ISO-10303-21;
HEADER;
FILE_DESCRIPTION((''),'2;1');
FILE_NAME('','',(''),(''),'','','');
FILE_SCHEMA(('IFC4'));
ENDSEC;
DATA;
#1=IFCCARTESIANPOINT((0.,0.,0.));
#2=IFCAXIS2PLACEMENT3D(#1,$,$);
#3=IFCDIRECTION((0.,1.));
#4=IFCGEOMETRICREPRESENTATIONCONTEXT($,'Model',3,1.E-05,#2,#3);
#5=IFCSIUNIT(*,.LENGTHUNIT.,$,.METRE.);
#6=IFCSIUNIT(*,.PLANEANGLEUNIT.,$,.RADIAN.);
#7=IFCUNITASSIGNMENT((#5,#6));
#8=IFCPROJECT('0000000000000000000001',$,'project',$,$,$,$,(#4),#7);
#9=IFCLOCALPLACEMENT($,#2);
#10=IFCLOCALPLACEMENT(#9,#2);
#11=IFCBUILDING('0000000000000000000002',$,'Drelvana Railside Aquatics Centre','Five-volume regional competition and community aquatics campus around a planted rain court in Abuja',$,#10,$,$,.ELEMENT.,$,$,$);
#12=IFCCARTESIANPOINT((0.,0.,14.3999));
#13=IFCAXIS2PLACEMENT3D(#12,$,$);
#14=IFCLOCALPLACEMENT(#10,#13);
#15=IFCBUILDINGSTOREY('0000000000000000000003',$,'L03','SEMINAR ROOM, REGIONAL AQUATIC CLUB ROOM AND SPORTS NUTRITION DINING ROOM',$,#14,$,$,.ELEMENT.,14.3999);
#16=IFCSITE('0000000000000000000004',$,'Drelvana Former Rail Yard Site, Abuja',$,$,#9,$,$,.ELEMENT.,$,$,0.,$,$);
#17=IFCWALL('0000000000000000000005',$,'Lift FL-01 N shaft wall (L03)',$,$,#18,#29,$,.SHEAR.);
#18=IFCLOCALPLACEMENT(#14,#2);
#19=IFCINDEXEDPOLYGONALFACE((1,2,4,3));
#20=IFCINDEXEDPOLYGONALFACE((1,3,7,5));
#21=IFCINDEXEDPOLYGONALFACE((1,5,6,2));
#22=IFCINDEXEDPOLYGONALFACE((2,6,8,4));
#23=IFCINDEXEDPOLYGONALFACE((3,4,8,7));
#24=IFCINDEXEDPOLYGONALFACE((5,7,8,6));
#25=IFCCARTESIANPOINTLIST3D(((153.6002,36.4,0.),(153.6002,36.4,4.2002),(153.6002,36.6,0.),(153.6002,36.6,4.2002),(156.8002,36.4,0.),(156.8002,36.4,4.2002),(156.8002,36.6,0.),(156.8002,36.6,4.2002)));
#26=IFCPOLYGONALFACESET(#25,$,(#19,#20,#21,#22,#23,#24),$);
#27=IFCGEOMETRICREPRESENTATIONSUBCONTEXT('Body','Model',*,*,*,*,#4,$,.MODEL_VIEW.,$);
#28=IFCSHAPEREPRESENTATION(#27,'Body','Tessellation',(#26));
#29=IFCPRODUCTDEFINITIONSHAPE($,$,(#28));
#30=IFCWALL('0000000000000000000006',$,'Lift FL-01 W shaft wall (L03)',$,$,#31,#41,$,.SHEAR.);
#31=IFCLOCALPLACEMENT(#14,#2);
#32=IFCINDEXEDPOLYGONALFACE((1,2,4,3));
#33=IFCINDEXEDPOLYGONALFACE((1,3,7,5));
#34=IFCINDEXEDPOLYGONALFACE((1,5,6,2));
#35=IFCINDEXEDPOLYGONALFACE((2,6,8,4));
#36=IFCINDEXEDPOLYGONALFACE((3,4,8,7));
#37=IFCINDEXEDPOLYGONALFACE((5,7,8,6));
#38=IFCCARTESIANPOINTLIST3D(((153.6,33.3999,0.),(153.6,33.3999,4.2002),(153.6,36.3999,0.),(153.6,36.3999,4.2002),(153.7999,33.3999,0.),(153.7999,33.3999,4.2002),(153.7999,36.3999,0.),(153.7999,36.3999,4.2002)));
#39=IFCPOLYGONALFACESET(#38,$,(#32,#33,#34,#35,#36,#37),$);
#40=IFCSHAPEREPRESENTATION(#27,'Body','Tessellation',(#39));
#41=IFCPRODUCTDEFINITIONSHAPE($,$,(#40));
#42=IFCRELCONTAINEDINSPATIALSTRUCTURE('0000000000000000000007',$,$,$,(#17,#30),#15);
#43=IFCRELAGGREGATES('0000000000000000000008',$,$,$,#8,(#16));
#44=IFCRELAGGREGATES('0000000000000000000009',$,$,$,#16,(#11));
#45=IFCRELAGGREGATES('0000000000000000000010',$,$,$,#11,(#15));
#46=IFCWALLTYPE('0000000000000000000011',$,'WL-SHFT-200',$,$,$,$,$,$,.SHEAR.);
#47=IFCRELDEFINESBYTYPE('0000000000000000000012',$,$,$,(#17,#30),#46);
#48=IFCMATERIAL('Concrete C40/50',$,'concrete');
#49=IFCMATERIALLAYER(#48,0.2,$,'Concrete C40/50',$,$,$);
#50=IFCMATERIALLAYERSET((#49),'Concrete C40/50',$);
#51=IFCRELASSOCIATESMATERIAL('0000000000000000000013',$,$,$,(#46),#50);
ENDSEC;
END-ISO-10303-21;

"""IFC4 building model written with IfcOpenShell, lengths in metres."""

from ifc_helpers import new_model, si_unit, direction, frame, frame_2d, origin, place, context, subcontext, project, spatial, rectangle, extrude, material, layer, layer_set, type_object, element, save


model = new_model("IFC4")

# Units and contexts
model_context = context("Model", 3, precision=1e-05, world=origin(), true_north=direction((0.0, 1.0)))
body_context = subcontext(model_context, "Body", "Model", "MODEL_VIEW")
ifc_project = project(units=[si_unit("LENGTHUNIT", "METRE"), si_unit("PLANEANGLEUNIT", "RADIAN")], contexts=[model_context])

# Site, building, storey
site_placement = place(None, origin())
site = spatial("IfcSite", under=ifc_project, at=site_placement, Name="Drelvana Former Rail Yard Site, Abuja", CompositionType="ELEMENT", RefElevation=0.0)
building_placement = place(site_placement, origin())
building = spatial("IfcBuilding", under=site, at=building_placement, Name="Drelvana Railside Aquatics Centre", Description="Five-volume regional competition and community aquatics campus around a planted rain court in Abuja", CompositionType="ELEMENT")
storey_placement = place(building_placement, frame((0.0, 0.0, 14.3999)))
storey = spatial("IfcBuildingStorey", under=building, at=storey_placement, Name="L03", Description="SEMINAR ROOM, REGIONAL AQUATIC CLUB ROOM AND SPORTS NUTRITION DINING ROOM", CompositionType="ELEMENT", Elevation=14.3999)

# Shared definitions
ifc_material_1 = material(Name="Concrete C40/50", Category="concrete")

# Walls
ifc_layer_1 = layer(ifc_material_1, 0.2, Name="Concrete C40/50")
ifc_layer_set_1 = layer_set([ifc_layer_1], Name="Concrete C40/50")
wall_type_1 = type_object("IfcWallType", Name="WL-SHFT-200", PredefinedType="SHEAR", material=ifc_layer_set_1)
for number, where, z_axis, x_axis, name in (
    (1, (153.6001, 36.5, 0.0), (0.0, 0.0, 1.0), (1.0, 0.0, 0.0), "Lift FL-01 N shaft wall (L03)"),
):
    element("IfcWall", number, at=place(storey_placement, frame(where, z_axis=z_axis, x_axis=x_axis)), inside=storey, type_object=wall_type_1, Name=name, PredefinedType="SHEAR", context=body_context, shape_type="SweptSolid", body=[
        extrude(rectangle(XDim=3.2, YDim=0.2, at=frame_2d((1.6001, 0.0))), origin(), (0.0, 0.0, 1.0), 4.2002),
    ])
wall_1_placement = place(storey_placement, frame((153.7, 33.3999, 0.0), z_axis=(0.0, 0.0, 1.0), x_axis=(0.0, 1.0, 0.0)))
element("IfcWall", 2, at=wall_1_placement, inside=storey, type_object=wall_type_1, Name="Lift FL-01 W shaft wall (L03)", PredefinedType="SHEAR", context=body_context, shape_type="SweptSolid", body=[
    extrude(rectangle(XDim=3.0, YDim=0.2, at=frame_2d((1.5, 0.0))), origin(), (0.0, 0.0, 1.0), 4.2002),
])

save(model, "model.ifc")
